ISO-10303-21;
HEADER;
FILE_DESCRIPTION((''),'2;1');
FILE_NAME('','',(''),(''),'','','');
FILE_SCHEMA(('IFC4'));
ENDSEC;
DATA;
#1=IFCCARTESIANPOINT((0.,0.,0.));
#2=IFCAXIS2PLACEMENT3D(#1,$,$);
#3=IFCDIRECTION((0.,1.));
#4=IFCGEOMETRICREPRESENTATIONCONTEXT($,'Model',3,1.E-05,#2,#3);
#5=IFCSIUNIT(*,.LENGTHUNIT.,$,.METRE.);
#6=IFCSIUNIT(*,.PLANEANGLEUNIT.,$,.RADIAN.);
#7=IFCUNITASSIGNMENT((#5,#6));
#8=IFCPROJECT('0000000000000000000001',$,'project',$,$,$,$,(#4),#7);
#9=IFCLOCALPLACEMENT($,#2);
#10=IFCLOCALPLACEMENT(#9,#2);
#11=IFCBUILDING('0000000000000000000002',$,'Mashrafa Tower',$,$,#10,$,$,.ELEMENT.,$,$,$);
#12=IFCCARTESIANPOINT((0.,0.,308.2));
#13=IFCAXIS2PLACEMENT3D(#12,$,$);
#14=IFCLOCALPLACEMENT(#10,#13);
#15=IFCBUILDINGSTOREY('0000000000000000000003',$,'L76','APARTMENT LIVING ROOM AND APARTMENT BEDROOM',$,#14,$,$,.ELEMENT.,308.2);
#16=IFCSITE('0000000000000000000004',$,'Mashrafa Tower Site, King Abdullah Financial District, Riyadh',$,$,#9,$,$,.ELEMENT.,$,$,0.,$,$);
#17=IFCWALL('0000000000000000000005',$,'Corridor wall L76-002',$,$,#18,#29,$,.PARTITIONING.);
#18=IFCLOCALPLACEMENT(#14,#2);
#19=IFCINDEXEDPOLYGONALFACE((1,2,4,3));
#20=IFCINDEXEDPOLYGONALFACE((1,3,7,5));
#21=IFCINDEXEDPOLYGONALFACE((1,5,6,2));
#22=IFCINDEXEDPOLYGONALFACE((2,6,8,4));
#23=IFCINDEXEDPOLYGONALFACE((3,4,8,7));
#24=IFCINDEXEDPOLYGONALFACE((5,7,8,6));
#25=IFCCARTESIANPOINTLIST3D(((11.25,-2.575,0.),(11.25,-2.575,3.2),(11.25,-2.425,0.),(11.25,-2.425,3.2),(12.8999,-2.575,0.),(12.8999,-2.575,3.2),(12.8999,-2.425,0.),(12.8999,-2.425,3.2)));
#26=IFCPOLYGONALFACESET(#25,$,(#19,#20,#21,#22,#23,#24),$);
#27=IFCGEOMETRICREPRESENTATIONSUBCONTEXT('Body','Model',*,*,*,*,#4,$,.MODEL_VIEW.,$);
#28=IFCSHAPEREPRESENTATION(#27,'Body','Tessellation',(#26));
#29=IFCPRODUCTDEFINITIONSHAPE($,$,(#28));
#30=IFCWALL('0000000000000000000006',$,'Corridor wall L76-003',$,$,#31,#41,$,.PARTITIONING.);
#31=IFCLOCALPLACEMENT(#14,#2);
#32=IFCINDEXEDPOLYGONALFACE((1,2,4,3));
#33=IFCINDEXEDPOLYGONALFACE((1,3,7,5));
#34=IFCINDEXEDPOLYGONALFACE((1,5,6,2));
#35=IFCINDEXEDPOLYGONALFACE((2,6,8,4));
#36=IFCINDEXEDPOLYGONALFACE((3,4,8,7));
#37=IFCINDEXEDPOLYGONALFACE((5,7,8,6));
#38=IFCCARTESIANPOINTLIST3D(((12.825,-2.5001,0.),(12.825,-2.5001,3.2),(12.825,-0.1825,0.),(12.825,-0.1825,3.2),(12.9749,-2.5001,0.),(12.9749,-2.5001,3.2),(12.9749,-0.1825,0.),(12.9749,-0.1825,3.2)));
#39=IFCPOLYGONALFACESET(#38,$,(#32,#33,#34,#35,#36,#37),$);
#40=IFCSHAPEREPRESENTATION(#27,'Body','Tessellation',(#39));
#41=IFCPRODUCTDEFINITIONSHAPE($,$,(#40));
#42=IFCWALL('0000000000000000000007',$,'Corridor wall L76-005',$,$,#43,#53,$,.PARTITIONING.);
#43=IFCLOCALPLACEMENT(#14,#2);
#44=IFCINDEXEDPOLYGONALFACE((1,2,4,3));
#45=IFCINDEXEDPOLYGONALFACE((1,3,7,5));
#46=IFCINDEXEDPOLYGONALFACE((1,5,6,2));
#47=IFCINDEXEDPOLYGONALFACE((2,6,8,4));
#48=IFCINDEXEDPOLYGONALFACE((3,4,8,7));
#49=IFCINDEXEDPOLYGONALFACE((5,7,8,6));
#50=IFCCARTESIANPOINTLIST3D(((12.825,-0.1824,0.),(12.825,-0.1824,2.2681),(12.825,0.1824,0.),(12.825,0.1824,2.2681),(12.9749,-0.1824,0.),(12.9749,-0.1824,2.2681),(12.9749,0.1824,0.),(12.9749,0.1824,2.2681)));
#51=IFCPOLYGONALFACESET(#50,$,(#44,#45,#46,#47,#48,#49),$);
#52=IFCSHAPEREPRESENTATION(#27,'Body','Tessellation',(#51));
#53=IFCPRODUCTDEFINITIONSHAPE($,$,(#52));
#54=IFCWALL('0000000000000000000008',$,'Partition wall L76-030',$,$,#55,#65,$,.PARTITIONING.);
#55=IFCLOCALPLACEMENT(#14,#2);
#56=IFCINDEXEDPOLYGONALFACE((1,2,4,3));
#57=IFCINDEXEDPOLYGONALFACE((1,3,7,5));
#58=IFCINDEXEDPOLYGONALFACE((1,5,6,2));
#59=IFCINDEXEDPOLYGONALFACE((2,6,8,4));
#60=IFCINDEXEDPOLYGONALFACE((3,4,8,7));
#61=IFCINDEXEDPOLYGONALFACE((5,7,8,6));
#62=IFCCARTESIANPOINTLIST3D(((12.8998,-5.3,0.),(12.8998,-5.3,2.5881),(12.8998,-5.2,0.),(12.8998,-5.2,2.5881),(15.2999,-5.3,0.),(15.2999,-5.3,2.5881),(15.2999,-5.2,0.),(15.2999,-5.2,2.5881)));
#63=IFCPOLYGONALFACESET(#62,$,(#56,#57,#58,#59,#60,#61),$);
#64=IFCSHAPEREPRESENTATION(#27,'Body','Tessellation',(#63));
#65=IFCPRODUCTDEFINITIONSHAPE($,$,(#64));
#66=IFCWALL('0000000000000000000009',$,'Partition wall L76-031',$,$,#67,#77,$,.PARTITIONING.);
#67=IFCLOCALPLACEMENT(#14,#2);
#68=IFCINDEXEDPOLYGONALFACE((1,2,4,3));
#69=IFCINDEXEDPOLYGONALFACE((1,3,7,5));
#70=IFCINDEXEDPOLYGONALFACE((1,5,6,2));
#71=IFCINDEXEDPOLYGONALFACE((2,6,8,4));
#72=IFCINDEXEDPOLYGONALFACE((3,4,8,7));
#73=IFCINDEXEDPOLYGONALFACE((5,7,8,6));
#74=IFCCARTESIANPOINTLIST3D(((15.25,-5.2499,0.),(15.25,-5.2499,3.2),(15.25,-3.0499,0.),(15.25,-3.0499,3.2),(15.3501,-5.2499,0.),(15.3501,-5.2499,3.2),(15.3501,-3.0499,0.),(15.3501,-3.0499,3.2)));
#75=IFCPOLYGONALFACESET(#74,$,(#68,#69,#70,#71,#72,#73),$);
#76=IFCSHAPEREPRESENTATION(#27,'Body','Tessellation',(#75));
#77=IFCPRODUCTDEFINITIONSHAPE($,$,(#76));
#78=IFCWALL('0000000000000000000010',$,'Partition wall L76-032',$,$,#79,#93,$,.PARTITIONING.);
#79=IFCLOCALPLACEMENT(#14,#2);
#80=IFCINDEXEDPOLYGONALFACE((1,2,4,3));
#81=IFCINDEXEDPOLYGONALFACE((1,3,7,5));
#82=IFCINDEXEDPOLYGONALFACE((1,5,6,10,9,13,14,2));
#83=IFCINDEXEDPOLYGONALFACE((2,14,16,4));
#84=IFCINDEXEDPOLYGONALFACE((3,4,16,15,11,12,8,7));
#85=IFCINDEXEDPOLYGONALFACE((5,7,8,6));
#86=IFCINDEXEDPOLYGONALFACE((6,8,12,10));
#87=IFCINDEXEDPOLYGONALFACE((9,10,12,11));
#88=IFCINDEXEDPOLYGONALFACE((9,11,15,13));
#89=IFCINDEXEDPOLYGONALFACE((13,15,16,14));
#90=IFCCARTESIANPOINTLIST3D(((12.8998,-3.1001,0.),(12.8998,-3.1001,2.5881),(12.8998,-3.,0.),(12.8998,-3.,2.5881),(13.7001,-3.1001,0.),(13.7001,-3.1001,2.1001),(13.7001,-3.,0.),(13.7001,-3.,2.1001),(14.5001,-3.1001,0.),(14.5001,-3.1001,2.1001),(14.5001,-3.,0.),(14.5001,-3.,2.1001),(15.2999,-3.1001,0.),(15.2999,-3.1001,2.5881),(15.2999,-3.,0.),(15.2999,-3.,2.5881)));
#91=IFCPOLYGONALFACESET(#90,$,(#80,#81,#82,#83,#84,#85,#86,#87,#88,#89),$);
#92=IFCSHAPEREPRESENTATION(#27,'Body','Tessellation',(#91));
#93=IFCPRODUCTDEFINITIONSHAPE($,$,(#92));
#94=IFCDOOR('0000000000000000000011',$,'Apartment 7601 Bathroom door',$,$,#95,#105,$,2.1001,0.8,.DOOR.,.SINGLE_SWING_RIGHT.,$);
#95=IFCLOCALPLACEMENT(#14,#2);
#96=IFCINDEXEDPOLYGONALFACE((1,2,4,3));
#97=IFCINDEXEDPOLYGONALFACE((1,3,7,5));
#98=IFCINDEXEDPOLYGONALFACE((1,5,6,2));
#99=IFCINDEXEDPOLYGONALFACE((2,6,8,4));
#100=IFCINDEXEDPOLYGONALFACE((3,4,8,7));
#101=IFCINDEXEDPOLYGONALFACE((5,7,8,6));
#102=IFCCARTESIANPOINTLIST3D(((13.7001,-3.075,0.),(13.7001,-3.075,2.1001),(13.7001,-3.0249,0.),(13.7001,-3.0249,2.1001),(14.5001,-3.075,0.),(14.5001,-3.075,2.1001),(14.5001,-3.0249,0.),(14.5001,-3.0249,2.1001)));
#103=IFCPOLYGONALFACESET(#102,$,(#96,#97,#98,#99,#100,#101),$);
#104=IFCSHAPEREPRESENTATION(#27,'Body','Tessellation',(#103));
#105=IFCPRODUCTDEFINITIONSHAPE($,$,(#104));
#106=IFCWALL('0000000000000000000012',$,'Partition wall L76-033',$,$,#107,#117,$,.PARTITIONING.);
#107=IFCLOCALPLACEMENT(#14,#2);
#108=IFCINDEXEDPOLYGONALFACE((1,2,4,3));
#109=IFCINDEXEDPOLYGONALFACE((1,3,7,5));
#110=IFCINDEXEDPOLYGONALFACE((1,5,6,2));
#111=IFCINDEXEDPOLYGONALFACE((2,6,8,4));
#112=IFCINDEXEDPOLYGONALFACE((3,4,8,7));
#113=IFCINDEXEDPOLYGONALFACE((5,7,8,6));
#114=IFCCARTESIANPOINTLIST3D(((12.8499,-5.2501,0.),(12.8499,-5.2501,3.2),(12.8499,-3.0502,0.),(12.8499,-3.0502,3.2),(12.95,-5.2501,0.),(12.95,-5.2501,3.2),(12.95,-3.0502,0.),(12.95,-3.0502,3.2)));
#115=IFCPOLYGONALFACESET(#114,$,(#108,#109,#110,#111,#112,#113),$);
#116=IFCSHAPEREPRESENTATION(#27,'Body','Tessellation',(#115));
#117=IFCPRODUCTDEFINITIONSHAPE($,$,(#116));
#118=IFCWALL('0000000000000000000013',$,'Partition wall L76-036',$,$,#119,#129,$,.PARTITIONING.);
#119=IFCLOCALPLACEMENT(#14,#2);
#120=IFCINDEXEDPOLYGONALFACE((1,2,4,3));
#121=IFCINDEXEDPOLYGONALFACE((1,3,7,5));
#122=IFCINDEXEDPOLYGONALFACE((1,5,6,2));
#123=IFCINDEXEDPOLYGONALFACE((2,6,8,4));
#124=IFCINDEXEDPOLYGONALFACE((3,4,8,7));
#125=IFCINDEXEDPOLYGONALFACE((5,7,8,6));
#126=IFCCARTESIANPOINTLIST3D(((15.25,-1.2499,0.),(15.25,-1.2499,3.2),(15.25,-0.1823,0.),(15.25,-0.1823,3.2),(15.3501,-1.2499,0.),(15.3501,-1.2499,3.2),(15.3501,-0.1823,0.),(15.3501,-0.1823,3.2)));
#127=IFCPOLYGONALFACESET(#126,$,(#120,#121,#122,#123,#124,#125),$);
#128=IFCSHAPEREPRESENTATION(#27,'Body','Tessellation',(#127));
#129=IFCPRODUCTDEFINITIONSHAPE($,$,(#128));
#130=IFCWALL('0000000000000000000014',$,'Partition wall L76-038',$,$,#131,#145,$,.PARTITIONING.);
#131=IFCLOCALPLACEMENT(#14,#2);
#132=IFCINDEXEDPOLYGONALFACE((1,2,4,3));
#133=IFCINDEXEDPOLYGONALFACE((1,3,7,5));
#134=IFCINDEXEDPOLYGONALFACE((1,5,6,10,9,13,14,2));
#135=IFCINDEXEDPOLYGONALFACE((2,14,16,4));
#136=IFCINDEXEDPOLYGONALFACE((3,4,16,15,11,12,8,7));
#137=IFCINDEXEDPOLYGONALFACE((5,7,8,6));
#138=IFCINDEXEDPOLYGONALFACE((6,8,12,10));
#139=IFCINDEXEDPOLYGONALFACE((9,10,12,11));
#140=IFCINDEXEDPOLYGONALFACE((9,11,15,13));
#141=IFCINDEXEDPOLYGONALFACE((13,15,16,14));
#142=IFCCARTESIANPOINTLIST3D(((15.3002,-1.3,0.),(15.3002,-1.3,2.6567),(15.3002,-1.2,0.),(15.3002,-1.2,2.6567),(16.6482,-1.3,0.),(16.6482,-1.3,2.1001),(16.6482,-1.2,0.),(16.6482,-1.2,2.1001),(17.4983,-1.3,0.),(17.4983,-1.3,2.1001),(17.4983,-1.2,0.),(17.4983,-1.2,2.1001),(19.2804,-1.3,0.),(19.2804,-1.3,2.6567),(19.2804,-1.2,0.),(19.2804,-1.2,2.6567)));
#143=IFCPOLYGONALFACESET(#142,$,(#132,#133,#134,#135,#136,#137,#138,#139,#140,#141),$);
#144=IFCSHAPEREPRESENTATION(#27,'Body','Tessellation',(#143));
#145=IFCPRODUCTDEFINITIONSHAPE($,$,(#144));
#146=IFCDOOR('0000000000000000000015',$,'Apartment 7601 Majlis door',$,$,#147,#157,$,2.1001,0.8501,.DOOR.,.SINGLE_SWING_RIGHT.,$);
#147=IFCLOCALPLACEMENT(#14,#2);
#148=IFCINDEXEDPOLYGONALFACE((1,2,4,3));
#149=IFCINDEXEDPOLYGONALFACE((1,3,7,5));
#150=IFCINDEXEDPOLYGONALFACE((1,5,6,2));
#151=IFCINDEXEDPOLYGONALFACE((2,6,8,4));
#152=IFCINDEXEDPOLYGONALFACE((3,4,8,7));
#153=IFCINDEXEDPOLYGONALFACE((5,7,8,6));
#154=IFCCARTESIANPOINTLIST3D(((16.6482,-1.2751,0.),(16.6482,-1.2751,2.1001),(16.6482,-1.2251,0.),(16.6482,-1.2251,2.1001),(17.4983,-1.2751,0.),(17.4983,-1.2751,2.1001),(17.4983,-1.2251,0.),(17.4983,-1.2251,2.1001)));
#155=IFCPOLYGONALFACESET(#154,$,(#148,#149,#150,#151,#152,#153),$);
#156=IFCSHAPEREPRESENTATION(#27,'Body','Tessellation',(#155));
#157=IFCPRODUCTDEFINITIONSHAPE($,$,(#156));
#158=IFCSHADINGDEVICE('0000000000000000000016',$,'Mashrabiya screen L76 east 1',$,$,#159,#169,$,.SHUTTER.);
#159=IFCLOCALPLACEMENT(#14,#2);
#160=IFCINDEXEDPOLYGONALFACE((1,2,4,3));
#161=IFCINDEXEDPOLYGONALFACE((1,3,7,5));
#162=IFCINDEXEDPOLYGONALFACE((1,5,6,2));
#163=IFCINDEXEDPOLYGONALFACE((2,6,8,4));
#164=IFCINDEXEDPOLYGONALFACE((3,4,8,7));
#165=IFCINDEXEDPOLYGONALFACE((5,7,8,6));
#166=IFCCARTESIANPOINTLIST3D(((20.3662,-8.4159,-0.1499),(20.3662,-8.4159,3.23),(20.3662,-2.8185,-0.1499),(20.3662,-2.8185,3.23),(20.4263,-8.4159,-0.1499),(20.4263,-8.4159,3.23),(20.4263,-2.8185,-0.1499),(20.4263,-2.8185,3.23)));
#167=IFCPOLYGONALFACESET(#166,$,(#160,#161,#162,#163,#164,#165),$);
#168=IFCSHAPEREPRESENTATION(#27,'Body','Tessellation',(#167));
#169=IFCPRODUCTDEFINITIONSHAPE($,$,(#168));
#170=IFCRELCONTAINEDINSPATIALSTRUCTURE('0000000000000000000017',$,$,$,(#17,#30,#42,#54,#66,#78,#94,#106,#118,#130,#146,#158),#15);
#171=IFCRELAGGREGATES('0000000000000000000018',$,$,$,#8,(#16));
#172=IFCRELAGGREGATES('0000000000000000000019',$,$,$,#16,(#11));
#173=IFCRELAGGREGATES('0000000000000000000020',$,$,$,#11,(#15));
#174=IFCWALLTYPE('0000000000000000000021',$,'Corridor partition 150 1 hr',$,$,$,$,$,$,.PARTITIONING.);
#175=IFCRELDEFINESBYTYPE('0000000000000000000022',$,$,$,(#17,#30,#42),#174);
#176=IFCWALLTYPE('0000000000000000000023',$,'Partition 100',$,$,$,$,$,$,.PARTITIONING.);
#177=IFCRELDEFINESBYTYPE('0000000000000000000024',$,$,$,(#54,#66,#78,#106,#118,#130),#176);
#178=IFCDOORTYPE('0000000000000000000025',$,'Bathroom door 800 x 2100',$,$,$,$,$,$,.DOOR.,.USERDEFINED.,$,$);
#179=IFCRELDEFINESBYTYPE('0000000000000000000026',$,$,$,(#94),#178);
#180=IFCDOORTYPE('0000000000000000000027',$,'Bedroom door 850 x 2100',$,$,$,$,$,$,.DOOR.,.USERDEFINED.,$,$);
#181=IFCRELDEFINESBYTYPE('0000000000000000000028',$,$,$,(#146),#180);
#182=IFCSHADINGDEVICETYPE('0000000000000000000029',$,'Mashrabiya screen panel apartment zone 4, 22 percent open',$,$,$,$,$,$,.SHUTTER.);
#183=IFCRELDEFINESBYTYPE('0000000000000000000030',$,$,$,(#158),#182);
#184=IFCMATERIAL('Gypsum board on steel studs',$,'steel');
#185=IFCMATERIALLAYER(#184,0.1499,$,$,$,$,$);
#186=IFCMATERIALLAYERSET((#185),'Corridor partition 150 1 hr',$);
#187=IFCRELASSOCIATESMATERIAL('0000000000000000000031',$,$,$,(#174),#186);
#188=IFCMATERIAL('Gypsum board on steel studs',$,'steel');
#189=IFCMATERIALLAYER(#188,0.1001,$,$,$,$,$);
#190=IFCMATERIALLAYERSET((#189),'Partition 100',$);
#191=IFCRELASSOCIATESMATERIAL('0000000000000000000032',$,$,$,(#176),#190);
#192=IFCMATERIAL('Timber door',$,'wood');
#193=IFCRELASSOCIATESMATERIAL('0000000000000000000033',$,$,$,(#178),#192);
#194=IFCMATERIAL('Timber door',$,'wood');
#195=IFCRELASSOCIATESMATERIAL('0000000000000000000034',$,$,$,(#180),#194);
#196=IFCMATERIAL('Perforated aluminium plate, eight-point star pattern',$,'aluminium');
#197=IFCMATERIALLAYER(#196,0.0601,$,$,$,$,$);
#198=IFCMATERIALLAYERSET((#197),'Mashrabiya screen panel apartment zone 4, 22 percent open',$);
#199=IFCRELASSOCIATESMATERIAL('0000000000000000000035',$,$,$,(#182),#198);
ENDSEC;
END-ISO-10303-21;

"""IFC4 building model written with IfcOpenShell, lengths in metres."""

from ifc_helpers import new_model, si_unit, direction, frame, frame_2d, origin, origin_2d, place, context, subcontext, project, spatial, rectangle, extrude, source, transform, mapped, material, layer, layer_set, type_object, type_shapes, element, fill, save


model = new_model("IFC4")

# Units and contexts
model_context = context("Model", 3, precision=1e-05, world=origin(), true_north=direction((0.0, 1.0)))
body_context = subcontext(model_context, "Body", "Model", "MODEL_VIEW")
ifc_project = project(units=[si_unit("LENGTHUNIT", "METRE"), si_unit("PLANEANGLEUNIT", "RADIAN")], contexts=[model_context])

# Site, building, storey
site_placement = place(None, origin())
site = spatial("IfcSite", under=ifc_project, at=site_placement, Name="Mashrafa Tower Site, King Abdullah Financial District, Riyadh", CompositionType="ELEMENT", RefElevation=0.0)
building_placement = place(site_placement, origin())
building = spatial("IfcBuilding", under=site, at=building_placement, Name="Mashrafa Tower", CompositionType="ELEMENT")
storey_placement = place(building_placement, frame((0.0, 0.0, 308.2)))
storey = spatial("IfcBuildingStorey", under=building, at=storey_placement, Name="L76", Description="APARTMENT LIVING ROOM AND APARTMENT BEDROOM", CompositionType="ELEMENT", Elevation=308.2)

# Walls
ifc_material_1 = material(Name="Gypsum board on steel studs", Category="steel")
ifc_layer_1 = layer(ifc_material_1, 0.1499)
ifc_layer_set_1 = layer_set([ifc_layer_1], Name="Corridor partition 150 1 hr")
wall_type_1 = type_object("IfcWallType", Name="Corridor partition 150 1 hr", PredefinedType="PARTITIONING", material=ifc_layer_set_1)
wall_1_placement = place(storey_placement, frame((11.25, -2.5, 0.0), z_axis=(0.0, 0.0, 1.0), x_axis=(1.0, 0.0, 0.0)))
element("IfcWall", 1, at=wall_1_placement, inside=storey, type_object=wall_type_1, Name="Corridor wall L76-002", PredefinedType="PARTITIONING", context=body_context, shape_type="SweptSolid", body=[
    extrude(rectangle(XDim=1.6499, YDim=0.1499, at=frame_2d((0.825, 0.0))), origin(), (0.0, 0.0, 1.0), 3.2),
])
wall_2_placement = place(storey_placement, frame((12.8999, -2.5, 0.0), z_axis=(0.0, 0.0, 1.0), x_axis=(0.0, 1.0, 0.0)))
element("IfcWall", 2, at=wall_2_placement, inside=storey, type_object=wall_type_1, Name="Corridor wall L76-003", PredefinedType="PARTITIONING", context=body_context, shape_type="SweptSolid", body=[
    extrude(rectangle(XDim=2.3176, YDim=0.1499, at=frame_2d((1.1587, 0.0))), origin(), (0.0, 0.0, 1.0), 3.2),
])
wall_3_placement = place(storey_placement, frame((12.8999, -0.1824, 0.0), z_axis=(0.0, 0.0, 1.0), x_axis=(0.0, 1.0, 0.0)))
element("IfcWall", 3, at=wall_3_placement, inside=storey, type_object=wall_type_1, Name="Corridor wall L76-005", PredefinedType="PARTITIONING", context=body_context, shape_type="SweptSolid", body=[
    extrude(rectangle(XDim=0.3647, YDim=0.1499, at=frame_2d((0.1824, 0.0))), origin(), (0.0, 0.0, 1.0), 2.2681),
])
ifc_material_2 = material(Name="Gypsum board on steel studs", Category="steel")
ifc_layer_2 = layer(ifc_material_2, 0.1001)
ifc_layer_set_2 = layer_set([ifc_layer_2], Name="Partition 100")
wall_type_2 = type_object("IfcWallType", Name="Partition 100", PredefinedType="PARTITIONING", material=ifc_layer_set_2)
wall_4_placement = place(storey_placement, frame((15.3, -5.25, 0.0), z_axis=(0.0, 0.0, 1.0), x_axis=(-1.0, 0.0, 0.0)))
element("IfcWall", 4, at=wall_4_placement, inside=storey, type_object=wall_type_2, Name="Partition wall L76-030", PredefinedType="PARTITIONING", context=body_context, shape_type="SweptSolid", body=[
    extrude(rectangle(XDim=2.4001, YDim=0.1001, at=frame_2d((1.2002, 0.0))), origin(), (0.0, 0.0, 1.0), 2.5881),
])
wall_5_placement = place(storey_placement, frame((15.3, -5.25, 0.0), z_axis=(0.0, 0.0, 1.0), x_axis=(0.0, 1.0, 0.0)))
element("IfcWall", 5, at=wall_5_placement, inside=storey, type_object=wall_type_2, Name="Partition wall L76-031", PredefinedType="PARTITIONING", context=body_context, shape_type="SweptSolid", body=[
    extrude(rectangle(XDim=2.2, YDim=0.1001, at=frame_2d((1.1001, 0.0))), origin(), (0.0, 0.0, 1.0), 3.2),
])

# Wall, opening, door
wall_6_placement = place(storey_placement, frame((15.3, -3.05, 0.0), z_axis=(0.0, 0.0, 1.0), x_axis=(-1.0, 0.0, 0.0)))
wall_6 = element("IfcWall", 6, at=wall_6_placement, inside=storey, type_object=wall_type_2, Name="Partition wall L76-032", PredefinedType="PARTITIONING", context=body_context, shape_type="SweptSolid", body=[
    extrude(rectangle(XDim=2.4001, YDim=0.1001, at=frame_2d((1.2002, 0.0))), origin(), (0.0, 0.0, 1.0), 2.5881),
])
opening_1_placement = place(wall_6_placement, frame((0.8, 0.0, 0.0)))
opening_1 = element("IfcOpeningElement", 7, at=opening_1_placement, cuts=wall_6, PredefinedType="OPENING", context=body_context, shape_type="SweptSolid", body=[
    extrude(rectangle(XDim=0.8, YDim=2.1001, at=frame_2d((0.3999, 1.05))), frame((0.0, 0.0601, 0.0), z_axis=(0.0, -1.0, 0.0), x_axis=(1.0, 0.0, 0.0)), (0.0, 0.0, 1.0), 0.1201),
])
ifc_material_3 = material(Name="Timber door", Category="wood")
door_type_1 = type_object("IfcDoorType", Name="Bathroom door 800 x 2100", OperationType="USERDEFINED", PredefinedType="DOOR", material=ifc_material_3)
door_1_placement = place(opening_1_placement, origin())
door_1 = element("IfcDoor", 8, at=door_1_placement, inside=storey, type_object=door_type_1, Name="Apartment 7601 Bathroom door", OperationType="SINGLE_SWING_RIGHT", OverallHeight=2.1001, OverallWidth=0.8, PredefinedType="DOOR", context=body_context, shape_type="SweptSolid", body=[
    extrude(rectangle(XDim=0.8, YDim=2.1001, at=frame_2d((0.3999, 1.05))), frame((0.0, 0.0249, 0.0), z_axis=(0.0, -1.0, 0.0), x_axis=(1.0, 0.0, 0.0)), (0.0, 0.0, 1.0), 0.05),
])
fill(opening_1, door_1)

# Walls
wall_7_placement = place(storey_placement, frame((12.8999, -3.05, 0.0), z_axis=(0.0, 0.0, 1.0), x_axis=(0.0, -1.0, 0.0)))
element("IfcWall", 9, at=wall_7_placement, inside=storey, type_object=wall_type_2, Name="Partition wall L76-033", PredefinedType="PARTITIONING", context=body_context, shape_type="SweptSolid", body=[
    extrude(rectangle(XDim=2.2, YDim=0.1001, at=frame_2d((1.1001, 0.0))), origin(), (0.0, 0.0, 1.0), 3.2),
])
wall_8_placement = place(storey_placement, frame((15.3, -0.1824, 0.0), z_axis=(0.0, 0.0, 1.0), x_axis=(0.0, -1.0, 0.0)))
element("IfcWall", 10, at=wall_8_placement, inside=storey, type_object=wall_type_2, Name="Partition wall L76-036", PredefinedType="PARTITIONING", context=body_context, shape_type="SweptSolid", body=[
    extrude(rectangle(XDim=1.0676, YDim=0.1001, at=frame_2d((0.5337, 0.0))), origin(), (0.0, 0.0, 1.0), 3.2),
])

# Wall, opening, door
wall_9_placement = place(storey_placement, frame((15.3, -1.25, 0.0), z_axis=(0.0, 0.0, 1.0), x_axis=(1.0, 0.0, 0.0)))
wall_9 = element("IfcWall", 11, at=wall_9_placement, inside=storey, type_object=wall_type_2, Name="Partition wall L76-038", PredefinedType="PARTITIONING", context=body_context, shape_type="SweptSolid", body=[
    extrude(rectangle(XDim=3.9802, YDim=0.1001, at=frame_2d((1.9902, 0.0))), origin(), (0.0, 0.0, 1.0), 2.6567),
])
opening_2_placement = place(wall_9_placement, frame((1.3481, 0.0, 0.0)))
opening_2 = element("IfcOpeningElement", 12, at=opening_2_placement, cuts=wall_9, PredefinedType="OPENING", context=body_context, shape_type="SweptSolid", body=[
    extrude(rectangle(XDim=0.8501, YDim=2.1001, at=frame_2d((0.425, 1.05))), frame((0.0, 0.0601, 0.0), z_axis=(0.0, -1.0, 0.0), x_axis=(1.0, 0.0, 0.0)), (0.0, 0.0, 1.0), 0.1201),
])
ifc_material_4 = material(Name="Timber door", Category="wood")
door_type_2 = type_object("IfcDoorType", Name="Bedroom door 850 x 2100", OperationType="USERDEFINED", PredefinedType="DOOR", material=ifc_material_4)
door_2_placement = place(opening_2_placement, origin())
door_2 = element("IfcDoor", 13, at=door_2_placement, inside=storey, type_object=door_type_2, Name="Apartment 7601 Majlis door", OperationType="SINGLE_SWING_RIGHT", OverallHeight=2.1001, OverallWidth=0.8501, PredefinedType="DOOR", context=body_context, shape_type="SweptSolid", body=[
    extrude(rectangle(XDim=0.8501, YDim=2.1001, at=frame_2d((0.425, 1.05))), frame((0.0, 0.0249, 0.0), z_axis=(0.0, -1.0, 0.0), x_axis=(1.0, 0.0, 0.0)), (0.0, 0.0, 1.0), 0.05),
])
fill(opening_2, door_2)

# Shading device
ifc_material_5 = material(Name="Perforated aluminium plate, eight-point star pattern", Category="aluminium")
ifc_layer_3 = layer(ifc_material_5, 0.0601)
ifc_layer_set_3 = layer_set([ifc_layer_3], Name="Mashrabiya screen panel apartment zone 4, 22 percent open")
shading_device_type = type_object("IfcShadingDeviceType", Name="Mashrabiya screen panel apartment zone 4, 22 percent open", PredefinedType="SHUTTER", material=ifc_layer_set_3)
shared_shape_1 = source(origin(), body_context, "Body", "SweptSolid", [
    extrude(rectangle(XDim=5.5974, YDim=0.0601, at=origin_2d()), origin(), (0.0, 0.0, 1.0), 3.3799),
])
type_shapes(shading_device_type, [shared_shape_1])
shading_device_placement = place(storey_placement, frame((20.3962, -5.6172, -0.1499), z_axis=(0.0, 0.0, 1.0), x_axis=(0.0, 1.0, 0.0)))
element("IfcShadingDevice", 14, at=shading_device_placement, inside=storey, type_object=shading_device_type, Name="Mashrabiya screen L76 east 1", PredefinedType="SHUTTER", context=body_context, shape_type="MappedRepresentation", body=[
    mapped(shared_shape_1, transform((0.0, 0.0, 0.0))),
])

save(model, "model.ifc")
